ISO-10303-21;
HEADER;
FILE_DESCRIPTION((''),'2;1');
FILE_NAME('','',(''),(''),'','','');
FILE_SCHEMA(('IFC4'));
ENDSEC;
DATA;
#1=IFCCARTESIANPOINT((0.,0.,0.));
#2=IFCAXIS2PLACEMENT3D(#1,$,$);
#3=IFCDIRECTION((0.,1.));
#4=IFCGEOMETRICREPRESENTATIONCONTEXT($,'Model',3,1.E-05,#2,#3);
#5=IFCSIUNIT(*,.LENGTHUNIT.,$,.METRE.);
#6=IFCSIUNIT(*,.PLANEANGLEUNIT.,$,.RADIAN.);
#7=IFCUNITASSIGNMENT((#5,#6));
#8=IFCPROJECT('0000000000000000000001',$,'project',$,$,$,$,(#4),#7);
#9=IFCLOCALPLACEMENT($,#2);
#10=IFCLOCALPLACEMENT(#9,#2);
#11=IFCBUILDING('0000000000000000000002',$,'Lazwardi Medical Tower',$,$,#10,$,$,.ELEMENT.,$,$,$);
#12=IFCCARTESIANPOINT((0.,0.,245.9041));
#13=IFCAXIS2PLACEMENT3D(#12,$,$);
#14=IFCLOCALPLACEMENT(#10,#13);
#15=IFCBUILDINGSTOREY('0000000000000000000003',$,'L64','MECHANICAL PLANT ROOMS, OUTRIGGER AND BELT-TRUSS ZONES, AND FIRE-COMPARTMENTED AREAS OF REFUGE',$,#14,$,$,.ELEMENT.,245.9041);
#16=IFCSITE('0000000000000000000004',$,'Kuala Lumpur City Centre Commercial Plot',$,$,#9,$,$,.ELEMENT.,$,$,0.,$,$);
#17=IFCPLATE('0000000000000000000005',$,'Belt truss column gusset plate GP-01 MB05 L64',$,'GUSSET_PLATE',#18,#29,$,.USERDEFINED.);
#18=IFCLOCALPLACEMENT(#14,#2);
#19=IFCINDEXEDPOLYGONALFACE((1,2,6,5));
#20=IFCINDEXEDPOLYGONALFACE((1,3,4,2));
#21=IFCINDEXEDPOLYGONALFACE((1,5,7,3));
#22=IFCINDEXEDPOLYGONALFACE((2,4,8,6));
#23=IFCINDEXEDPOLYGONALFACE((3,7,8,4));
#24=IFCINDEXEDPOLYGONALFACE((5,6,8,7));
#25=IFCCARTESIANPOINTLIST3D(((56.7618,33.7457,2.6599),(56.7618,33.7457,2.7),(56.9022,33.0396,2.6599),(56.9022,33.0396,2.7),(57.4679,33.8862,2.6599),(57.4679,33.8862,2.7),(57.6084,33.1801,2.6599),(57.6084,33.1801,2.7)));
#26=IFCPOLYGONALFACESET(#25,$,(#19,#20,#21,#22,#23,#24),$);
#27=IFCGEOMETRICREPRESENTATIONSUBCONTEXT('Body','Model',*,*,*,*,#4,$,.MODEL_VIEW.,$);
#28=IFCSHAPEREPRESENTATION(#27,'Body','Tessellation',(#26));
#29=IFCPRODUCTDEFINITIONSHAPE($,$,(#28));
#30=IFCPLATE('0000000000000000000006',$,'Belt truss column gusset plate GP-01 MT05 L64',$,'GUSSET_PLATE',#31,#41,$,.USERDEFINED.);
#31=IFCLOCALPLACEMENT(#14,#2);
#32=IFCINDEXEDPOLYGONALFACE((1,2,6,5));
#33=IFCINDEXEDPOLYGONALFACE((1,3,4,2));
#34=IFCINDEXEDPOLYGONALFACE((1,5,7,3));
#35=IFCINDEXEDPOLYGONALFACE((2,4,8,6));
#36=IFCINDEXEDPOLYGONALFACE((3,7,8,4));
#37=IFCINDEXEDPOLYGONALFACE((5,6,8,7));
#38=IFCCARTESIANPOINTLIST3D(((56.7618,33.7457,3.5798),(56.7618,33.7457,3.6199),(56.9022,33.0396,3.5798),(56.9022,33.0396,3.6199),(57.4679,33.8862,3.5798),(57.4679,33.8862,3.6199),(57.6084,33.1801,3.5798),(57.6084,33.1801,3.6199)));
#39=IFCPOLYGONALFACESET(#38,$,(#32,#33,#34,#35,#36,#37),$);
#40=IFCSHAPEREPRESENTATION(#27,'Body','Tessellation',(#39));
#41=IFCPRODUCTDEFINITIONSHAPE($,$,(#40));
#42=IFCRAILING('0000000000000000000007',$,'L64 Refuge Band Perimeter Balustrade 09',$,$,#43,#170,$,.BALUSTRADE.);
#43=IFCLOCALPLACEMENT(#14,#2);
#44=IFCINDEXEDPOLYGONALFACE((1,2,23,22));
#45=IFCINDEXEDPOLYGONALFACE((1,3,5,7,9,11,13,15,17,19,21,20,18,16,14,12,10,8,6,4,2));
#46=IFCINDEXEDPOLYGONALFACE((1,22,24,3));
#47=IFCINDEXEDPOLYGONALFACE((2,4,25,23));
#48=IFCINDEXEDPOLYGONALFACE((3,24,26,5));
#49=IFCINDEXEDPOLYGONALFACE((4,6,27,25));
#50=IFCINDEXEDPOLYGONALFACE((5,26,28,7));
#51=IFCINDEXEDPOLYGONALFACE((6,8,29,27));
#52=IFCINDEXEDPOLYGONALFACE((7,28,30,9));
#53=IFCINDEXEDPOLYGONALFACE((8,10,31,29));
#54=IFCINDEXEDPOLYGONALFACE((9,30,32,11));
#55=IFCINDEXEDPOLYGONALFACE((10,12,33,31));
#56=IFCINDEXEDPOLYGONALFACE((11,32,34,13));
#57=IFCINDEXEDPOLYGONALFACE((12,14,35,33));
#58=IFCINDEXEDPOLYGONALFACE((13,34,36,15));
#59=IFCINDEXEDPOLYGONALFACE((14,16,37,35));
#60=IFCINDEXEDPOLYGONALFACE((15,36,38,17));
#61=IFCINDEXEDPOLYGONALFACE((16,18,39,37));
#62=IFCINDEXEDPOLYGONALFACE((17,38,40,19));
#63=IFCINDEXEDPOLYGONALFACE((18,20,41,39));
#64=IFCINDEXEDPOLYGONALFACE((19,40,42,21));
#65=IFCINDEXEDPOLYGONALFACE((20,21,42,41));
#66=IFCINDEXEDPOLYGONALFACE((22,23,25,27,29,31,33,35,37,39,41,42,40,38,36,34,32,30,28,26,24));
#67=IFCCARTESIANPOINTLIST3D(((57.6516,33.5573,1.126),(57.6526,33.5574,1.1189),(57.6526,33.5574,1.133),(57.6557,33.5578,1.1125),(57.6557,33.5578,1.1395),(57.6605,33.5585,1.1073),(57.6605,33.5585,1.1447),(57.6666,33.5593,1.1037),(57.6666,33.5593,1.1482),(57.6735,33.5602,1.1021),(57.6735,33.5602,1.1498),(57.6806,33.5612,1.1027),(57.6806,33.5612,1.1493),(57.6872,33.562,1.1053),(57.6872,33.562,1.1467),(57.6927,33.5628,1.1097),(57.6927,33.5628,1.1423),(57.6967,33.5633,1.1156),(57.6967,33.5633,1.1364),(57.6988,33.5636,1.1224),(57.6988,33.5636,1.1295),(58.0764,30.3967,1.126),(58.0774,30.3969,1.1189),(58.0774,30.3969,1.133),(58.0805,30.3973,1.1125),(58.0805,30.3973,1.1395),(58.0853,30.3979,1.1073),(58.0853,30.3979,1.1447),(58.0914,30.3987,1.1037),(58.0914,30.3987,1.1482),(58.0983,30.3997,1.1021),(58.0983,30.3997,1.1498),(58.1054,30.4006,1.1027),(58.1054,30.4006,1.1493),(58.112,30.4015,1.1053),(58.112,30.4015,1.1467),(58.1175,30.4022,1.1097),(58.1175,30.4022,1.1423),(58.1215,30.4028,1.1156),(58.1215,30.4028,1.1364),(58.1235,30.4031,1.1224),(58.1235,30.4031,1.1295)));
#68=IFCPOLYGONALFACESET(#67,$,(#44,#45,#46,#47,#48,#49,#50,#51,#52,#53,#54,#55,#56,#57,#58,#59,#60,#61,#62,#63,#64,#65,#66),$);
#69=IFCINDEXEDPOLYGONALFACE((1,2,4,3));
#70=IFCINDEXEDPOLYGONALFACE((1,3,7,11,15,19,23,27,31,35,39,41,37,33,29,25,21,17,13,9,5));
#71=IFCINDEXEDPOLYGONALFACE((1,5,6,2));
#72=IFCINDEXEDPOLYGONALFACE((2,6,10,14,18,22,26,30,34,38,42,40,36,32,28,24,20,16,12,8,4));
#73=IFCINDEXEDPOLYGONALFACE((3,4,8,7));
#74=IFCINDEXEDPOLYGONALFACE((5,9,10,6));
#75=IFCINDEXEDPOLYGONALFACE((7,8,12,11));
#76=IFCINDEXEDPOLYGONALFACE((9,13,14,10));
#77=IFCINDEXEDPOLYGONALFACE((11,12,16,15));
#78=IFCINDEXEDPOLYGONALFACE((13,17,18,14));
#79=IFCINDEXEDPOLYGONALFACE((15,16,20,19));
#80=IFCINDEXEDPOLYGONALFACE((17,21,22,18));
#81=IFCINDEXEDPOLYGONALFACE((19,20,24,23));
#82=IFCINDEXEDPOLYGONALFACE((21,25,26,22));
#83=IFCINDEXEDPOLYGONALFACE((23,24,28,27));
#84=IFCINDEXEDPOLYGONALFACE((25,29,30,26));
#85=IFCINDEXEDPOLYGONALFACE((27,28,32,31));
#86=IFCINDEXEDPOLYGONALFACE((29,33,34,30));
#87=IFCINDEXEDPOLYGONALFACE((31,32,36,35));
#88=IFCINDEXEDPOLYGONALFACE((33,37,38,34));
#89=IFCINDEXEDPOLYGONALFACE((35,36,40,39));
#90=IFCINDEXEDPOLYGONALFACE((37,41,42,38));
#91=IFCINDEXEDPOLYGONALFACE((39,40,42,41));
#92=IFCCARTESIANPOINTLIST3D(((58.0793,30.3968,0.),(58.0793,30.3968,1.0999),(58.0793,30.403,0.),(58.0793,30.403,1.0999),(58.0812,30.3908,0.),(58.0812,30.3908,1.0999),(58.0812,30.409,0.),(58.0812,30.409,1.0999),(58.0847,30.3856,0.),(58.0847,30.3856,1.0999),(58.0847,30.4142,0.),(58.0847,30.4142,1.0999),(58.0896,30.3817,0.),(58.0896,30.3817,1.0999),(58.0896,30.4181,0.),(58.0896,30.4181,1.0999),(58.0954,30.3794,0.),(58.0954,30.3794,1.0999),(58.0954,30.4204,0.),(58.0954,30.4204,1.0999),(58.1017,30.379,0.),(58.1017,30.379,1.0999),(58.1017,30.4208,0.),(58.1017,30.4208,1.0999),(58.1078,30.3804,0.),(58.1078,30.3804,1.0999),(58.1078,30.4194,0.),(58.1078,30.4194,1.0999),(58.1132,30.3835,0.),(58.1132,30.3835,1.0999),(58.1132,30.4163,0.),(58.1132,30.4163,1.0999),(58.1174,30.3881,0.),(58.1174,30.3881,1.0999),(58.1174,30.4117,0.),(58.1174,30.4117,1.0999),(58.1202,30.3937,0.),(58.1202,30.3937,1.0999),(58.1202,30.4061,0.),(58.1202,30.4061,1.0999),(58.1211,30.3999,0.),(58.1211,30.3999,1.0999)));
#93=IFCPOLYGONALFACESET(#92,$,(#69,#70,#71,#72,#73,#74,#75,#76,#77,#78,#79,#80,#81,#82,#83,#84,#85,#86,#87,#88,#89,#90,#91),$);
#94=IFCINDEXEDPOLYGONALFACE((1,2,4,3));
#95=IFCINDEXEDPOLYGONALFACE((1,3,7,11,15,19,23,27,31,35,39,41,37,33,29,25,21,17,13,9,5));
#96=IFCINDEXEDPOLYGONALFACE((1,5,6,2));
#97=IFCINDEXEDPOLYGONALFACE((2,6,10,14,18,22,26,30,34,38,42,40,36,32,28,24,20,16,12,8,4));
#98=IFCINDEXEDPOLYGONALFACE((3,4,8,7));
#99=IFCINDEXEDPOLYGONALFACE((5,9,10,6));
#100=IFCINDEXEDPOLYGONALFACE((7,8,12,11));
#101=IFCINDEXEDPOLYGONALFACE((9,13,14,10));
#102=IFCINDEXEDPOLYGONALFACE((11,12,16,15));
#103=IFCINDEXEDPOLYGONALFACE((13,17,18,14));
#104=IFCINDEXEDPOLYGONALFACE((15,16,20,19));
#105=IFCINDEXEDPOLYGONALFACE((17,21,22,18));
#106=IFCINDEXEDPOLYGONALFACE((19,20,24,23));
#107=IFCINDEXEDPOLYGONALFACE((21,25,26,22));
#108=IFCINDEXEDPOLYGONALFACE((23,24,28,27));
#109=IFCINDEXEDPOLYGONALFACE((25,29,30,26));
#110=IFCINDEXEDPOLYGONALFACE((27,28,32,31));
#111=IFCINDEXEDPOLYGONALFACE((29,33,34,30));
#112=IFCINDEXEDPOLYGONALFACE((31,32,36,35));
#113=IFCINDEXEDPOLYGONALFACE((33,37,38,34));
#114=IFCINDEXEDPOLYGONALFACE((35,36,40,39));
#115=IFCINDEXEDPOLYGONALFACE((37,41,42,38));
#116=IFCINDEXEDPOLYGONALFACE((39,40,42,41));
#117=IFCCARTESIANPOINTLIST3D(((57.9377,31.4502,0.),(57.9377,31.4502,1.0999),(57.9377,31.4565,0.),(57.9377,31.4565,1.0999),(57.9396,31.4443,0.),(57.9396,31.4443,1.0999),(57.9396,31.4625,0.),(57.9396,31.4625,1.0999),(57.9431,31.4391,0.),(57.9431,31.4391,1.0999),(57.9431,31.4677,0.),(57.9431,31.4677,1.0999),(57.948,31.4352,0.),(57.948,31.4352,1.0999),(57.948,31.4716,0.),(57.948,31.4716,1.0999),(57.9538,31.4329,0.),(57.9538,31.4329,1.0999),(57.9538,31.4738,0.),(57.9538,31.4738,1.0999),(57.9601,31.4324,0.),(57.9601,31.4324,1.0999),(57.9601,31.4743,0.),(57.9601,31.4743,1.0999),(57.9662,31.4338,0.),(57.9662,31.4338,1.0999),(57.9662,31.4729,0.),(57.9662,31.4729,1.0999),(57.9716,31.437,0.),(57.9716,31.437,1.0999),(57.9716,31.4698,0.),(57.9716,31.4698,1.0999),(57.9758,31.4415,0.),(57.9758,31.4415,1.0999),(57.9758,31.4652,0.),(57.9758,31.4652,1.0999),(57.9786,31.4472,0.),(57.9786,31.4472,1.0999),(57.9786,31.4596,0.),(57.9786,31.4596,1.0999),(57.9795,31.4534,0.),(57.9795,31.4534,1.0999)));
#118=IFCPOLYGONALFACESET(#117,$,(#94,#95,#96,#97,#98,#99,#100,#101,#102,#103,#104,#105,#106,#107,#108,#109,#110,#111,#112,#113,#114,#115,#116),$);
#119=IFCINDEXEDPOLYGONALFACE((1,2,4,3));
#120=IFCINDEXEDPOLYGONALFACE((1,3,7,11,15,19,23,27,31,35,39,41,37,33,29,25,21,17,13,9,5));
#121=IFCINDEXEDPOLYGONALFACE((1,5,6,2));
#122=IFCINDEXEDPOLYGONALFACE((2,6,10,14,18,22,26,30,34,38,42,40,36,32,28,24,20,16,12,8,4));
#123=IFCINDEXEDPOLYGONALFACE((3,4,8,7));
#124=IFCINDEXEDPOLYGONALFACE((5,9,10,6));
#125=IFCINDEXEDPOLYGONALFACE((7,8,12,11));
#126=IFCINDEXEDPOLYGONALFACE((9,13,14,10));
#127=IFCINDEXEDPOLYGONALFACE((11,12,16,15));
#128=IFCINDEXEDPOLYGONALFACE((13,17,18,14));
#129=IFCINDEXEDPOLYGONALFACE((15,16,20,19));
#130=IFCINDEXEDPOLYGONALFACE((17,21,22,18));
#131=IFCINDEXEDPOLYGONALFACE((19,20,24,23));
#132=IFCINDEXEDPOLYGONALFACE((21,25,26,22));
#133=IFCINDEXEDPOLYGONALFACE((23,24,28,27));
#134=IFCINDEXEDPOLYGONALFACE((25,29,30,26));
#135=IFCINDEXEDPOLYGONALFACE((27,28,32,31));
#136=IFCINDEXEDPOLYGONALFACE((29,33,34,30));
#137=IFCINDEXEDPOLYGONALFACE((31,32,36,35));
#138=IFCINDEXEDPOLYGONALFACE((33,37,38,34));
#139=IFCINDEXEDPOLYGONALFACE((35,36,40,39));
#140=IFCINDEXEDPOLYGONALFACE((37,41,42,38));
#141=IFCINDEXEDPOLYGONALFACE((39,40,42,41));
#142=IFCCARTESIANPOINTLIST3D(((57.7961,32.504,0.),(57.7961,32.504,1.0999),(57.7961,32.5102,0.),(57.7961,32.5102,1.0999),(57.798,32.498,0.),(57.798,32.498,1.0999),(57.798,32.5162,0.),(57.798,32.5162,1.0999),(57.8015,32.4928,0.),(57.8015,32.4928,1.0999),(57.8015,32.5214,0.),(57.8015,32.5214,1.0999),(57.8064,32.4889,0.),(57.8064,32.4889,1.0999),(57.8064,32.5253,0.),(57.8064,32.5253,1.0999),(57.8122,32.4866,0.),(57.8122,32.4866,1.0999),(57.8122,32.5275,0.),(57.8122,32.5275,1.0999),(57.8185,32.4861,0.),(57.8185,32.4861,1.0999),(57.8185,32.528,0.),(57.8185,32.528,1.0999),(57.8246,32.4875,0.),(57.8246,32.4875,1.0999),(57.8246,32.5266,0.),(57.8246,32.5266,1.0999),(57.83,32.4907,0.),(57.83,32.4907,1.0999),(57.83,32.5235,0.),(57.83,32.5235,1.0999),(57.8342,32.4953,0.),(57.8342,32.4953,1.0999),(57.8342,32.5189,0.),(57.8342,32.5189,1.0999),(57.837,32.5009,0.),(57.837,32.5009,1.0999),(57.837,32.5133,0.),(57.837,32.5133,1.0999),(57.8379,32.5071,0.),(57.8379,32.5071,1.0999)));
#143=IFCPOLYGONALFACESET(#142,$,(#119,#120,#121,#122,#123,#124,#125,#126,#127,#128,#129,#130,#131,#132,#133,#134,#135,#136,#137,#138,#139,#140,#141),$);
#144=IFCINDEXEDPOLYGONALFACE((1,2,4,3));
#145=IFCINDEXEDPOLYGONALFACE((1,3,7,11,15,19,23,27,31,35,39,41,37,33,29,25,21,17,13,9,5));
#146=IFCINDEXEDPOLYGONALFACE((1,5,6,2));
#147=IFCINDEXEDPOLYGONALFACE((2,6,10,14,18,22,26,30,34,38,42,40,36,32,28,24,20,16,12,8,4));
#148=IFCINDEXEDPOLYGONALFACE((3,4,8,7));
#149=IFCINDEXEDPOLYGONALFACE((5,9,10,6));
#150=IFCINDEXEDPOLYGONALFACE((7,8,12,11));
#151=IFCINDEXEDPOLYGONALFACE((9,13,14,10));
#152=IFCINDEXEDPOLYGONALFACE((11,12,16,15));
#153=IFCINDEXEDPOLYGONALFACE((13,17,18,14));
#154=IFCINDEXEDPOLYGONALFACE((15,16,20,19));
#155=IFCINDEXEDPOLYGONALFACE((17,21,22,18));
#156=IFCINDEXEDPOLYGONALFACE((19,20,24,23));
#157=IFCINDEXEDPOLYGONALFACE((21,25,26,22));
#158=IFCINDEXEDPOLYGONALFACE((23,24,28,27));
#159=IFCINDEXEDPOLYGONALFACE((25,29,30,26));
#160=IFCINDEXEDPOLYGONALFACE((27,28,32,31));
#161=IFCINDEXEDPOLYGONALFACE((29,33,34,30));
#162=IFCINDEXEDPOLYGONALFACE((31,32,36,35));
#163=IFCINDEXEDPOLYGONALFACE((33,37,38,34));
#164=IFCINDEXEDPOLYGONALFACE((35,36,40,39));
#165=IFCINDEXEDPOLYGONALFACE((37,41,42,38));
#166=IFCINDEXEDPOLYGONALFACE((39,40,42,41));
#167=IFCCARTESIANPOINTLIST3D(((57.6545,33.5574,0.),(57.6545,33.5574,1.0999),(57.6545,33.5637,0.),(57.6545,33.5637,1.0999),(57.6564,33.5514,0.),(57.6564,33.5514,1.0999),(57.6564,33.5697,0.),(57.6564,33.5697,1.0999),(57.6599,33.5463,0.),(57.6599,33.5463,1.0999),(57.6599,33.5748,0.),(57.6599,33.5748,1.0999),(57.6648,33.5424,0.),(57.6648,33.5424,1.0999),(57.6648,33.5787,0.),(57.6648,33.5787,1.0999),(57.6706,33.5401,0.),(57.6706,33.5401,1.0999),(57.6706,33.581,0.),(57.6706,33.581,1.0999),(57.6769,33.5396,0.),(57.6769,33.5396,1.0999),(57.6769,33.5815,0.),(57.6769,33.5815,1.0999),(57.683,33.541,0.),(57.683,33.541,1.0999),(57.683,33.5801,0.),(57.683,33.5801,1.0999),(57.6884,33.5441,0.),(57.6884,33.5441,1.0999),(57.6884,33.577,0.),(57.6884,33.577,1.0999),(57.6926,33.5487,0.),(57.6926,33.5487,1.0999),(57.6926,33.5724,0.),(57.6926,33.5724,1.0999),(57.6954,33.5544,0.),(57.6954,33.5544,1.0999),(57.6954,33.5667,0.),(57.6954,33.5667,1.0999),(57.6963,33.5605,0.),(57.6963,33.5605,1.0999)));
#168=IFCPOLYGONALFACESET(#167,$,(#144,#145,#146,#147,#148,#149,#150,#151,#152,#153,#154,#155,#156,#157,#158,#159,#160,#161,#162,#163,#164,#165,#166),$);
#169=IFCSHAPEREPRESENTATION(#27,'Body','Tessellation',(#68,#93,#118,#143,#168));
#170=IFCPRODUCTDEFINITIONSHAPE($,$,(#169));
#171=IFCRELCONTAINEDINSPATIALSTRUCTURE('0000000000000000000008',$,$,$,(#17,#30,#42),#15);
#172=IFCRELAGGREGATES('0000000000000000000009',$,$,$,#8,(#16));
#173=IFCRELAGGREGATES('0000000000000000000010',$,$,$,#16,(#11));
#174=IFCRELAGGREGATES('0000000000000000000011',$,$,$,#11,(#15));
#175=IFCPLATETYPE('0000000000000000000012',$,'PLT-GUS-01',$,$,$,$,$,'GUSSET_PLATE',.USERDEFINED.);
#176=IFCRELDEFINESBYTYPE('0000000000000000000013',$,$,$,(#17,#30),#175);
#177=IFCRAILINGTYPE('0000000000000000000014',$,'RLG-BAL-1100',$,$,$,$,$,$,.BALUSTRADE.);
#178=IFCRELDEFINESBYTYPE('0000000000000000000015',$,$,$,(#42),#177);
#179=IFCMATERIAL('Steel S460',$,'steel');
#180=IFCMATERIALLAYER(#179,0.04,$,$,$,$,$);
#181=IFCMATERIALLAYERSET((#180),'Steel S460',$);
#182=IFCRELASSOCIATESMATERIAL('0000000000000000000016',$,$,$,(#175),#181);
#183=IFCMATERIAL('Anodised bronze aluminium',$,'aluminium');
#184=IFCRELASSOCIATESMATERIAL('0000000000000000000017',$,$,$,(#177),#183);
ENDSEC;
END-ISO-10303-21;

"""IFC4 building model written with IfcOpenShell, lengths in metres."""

from ifc_helpers import new_model, si_unit, direction, frame, origin, origin_2d, place, context, subcontext, project, spatial, rectangle, circle, extrude, material, layer, layer_set, type_object, element, save


model = new_model("IFC4")

# Units and contexts
model_context = context("Model", 3, precision=1e-05, world=origin(), true_north=direction((0.0, 1.0)))
body_context = subcontext(model_context, "Body", "Model", "MODEL_VIEW")
ifc_project = project(units=[si_unit("LENGTHUNIT", "METRE"), si_unit("PLANEANGLEUNIT", "RADIAN")], contexts=[model_context])

# Site, building, storey
site_placement = place(None, origin())
site = spatial("IfcSite", under=ifc_project, at=site_placement, Name="Kuala Lumpur City Centre Commercial Plot", CompositionType="ELEMENT", RefElevation=0.0)
building_placement = place(site_placement, origin())
building = spatial("IfcBuilding", under=site, at=building_placement, Name="Lazwardi Medical Tower", CompositionType="ELEMENT")
storey_placement = place(building_placement, frame((0.0, 0.0, 245.9041)))
storey = spatial("IfcBuildingStorey", under=building, at=storey_placement, Name="L64", Description="MECHANICAL PLANT ROOMS, OUTRIGGER AND BELT-TRUSS ZONES, AND FIRE-COMPARTMENTED AREAS OF REFUGE", CompositionType="ELEMENT", Elevation=245.9041)

# Shared definitions
ifc_material_1 = material(Name="Steel S460", Category="steel")

# Plates
ifc_layer = layer(ifc_material_1, 0.04)
ifc_layer_set = layer_set([ifc_layer], Name="Steel S460")
plate_type = type_object("IfcPlateType", Name="PLT-GUS-01", ElementType="GUSSET_PLATE", PredefinedType="USERDEFINED", material=ifc_layer_set)
for number, where, z_axis, x_axis, name in (
    (1, (57.1851, 33.4629, 2.6599), (0.0, 0.0, 1.0), (0.980785, 0.19509, 0.0), "Belt truss column gusset plate GP-01 MB05 L64"),
    (2, (57.1851, 33.4629, 3.5798), (0.0, 0.0, 1.0), (0.980785, 0.19509, 0.0), "Belt truss column gusset plate GP-01 MT05 L64"),
):
    element("IfcPlate", number, at=place(storey_placement, frame(where, z_axis=z_axis, x_axis=x_axis)), inside=storey, type_object=plate_type, Name=name, ObjectType="GUSSET_PLATE", PredefinedType="USERDEFINED", context=body_context, shape_type="SweptSolid", body=[
        extrude(rectangle(XDim=0.72, YDim=0.72, at=origin_2d()), origin(), (0.0, 0.0, 1.0), 0.04),
    ])

# Railing
ifc_material_2 = material(Name="Anodised bronze aluminium", Category="aluminium")
railing_type = type_object("IfcRailingType", Name="RLG-BAL-1100", PredefinedType="BALUSTRADE", material=ifc_material_2)
railing_1_placement = place(storey_placement, frame((58.1001, 30.3999, 0.0)))
element("IfcRailing", 3, at=railing_1_placement, inside=storey, type_object=railing_type, Name="L64 Refuge Band Perimeter Balustrade 09", PredefinedType="BALUSTRADE", context=body_context, shape_type="SweptSolid", body=[
    extrude(circle(Radius=0.0239, at=origin_2d()), frame((0.0, 0.0, 1.126), z_axis=(-0.133207, 0.991088, 0.0), x_axis=(-0.991088, -0.133207, 0.0)), (0.0, 0.0, 1.0), 3.189),
    extrude(circle(Radius=0.021, at=origin_2d()), origin(), (0.0, 0.0, 1.0), 1.0999),
    extrude(circle(Radius=0.021, at=origin_2d()), frame((-0.1416, 1.0535, 0.0)), (0.0, 0.0, 1.0), 1.0999),
    extrude(circle(Radius=0.021, at=origin_2d()), frame((-0.2832, 2.1072, 0.0)), (0.0, 0.0, 1.0), 1.0999),
    extrude(circle(Radius=0.021, at=origin_2d()), frame((-0.4248, 3.1606, 0.0)), (0.0, 0.0, 1.0), 1.0999),
])

save(model, "model.ifc")
